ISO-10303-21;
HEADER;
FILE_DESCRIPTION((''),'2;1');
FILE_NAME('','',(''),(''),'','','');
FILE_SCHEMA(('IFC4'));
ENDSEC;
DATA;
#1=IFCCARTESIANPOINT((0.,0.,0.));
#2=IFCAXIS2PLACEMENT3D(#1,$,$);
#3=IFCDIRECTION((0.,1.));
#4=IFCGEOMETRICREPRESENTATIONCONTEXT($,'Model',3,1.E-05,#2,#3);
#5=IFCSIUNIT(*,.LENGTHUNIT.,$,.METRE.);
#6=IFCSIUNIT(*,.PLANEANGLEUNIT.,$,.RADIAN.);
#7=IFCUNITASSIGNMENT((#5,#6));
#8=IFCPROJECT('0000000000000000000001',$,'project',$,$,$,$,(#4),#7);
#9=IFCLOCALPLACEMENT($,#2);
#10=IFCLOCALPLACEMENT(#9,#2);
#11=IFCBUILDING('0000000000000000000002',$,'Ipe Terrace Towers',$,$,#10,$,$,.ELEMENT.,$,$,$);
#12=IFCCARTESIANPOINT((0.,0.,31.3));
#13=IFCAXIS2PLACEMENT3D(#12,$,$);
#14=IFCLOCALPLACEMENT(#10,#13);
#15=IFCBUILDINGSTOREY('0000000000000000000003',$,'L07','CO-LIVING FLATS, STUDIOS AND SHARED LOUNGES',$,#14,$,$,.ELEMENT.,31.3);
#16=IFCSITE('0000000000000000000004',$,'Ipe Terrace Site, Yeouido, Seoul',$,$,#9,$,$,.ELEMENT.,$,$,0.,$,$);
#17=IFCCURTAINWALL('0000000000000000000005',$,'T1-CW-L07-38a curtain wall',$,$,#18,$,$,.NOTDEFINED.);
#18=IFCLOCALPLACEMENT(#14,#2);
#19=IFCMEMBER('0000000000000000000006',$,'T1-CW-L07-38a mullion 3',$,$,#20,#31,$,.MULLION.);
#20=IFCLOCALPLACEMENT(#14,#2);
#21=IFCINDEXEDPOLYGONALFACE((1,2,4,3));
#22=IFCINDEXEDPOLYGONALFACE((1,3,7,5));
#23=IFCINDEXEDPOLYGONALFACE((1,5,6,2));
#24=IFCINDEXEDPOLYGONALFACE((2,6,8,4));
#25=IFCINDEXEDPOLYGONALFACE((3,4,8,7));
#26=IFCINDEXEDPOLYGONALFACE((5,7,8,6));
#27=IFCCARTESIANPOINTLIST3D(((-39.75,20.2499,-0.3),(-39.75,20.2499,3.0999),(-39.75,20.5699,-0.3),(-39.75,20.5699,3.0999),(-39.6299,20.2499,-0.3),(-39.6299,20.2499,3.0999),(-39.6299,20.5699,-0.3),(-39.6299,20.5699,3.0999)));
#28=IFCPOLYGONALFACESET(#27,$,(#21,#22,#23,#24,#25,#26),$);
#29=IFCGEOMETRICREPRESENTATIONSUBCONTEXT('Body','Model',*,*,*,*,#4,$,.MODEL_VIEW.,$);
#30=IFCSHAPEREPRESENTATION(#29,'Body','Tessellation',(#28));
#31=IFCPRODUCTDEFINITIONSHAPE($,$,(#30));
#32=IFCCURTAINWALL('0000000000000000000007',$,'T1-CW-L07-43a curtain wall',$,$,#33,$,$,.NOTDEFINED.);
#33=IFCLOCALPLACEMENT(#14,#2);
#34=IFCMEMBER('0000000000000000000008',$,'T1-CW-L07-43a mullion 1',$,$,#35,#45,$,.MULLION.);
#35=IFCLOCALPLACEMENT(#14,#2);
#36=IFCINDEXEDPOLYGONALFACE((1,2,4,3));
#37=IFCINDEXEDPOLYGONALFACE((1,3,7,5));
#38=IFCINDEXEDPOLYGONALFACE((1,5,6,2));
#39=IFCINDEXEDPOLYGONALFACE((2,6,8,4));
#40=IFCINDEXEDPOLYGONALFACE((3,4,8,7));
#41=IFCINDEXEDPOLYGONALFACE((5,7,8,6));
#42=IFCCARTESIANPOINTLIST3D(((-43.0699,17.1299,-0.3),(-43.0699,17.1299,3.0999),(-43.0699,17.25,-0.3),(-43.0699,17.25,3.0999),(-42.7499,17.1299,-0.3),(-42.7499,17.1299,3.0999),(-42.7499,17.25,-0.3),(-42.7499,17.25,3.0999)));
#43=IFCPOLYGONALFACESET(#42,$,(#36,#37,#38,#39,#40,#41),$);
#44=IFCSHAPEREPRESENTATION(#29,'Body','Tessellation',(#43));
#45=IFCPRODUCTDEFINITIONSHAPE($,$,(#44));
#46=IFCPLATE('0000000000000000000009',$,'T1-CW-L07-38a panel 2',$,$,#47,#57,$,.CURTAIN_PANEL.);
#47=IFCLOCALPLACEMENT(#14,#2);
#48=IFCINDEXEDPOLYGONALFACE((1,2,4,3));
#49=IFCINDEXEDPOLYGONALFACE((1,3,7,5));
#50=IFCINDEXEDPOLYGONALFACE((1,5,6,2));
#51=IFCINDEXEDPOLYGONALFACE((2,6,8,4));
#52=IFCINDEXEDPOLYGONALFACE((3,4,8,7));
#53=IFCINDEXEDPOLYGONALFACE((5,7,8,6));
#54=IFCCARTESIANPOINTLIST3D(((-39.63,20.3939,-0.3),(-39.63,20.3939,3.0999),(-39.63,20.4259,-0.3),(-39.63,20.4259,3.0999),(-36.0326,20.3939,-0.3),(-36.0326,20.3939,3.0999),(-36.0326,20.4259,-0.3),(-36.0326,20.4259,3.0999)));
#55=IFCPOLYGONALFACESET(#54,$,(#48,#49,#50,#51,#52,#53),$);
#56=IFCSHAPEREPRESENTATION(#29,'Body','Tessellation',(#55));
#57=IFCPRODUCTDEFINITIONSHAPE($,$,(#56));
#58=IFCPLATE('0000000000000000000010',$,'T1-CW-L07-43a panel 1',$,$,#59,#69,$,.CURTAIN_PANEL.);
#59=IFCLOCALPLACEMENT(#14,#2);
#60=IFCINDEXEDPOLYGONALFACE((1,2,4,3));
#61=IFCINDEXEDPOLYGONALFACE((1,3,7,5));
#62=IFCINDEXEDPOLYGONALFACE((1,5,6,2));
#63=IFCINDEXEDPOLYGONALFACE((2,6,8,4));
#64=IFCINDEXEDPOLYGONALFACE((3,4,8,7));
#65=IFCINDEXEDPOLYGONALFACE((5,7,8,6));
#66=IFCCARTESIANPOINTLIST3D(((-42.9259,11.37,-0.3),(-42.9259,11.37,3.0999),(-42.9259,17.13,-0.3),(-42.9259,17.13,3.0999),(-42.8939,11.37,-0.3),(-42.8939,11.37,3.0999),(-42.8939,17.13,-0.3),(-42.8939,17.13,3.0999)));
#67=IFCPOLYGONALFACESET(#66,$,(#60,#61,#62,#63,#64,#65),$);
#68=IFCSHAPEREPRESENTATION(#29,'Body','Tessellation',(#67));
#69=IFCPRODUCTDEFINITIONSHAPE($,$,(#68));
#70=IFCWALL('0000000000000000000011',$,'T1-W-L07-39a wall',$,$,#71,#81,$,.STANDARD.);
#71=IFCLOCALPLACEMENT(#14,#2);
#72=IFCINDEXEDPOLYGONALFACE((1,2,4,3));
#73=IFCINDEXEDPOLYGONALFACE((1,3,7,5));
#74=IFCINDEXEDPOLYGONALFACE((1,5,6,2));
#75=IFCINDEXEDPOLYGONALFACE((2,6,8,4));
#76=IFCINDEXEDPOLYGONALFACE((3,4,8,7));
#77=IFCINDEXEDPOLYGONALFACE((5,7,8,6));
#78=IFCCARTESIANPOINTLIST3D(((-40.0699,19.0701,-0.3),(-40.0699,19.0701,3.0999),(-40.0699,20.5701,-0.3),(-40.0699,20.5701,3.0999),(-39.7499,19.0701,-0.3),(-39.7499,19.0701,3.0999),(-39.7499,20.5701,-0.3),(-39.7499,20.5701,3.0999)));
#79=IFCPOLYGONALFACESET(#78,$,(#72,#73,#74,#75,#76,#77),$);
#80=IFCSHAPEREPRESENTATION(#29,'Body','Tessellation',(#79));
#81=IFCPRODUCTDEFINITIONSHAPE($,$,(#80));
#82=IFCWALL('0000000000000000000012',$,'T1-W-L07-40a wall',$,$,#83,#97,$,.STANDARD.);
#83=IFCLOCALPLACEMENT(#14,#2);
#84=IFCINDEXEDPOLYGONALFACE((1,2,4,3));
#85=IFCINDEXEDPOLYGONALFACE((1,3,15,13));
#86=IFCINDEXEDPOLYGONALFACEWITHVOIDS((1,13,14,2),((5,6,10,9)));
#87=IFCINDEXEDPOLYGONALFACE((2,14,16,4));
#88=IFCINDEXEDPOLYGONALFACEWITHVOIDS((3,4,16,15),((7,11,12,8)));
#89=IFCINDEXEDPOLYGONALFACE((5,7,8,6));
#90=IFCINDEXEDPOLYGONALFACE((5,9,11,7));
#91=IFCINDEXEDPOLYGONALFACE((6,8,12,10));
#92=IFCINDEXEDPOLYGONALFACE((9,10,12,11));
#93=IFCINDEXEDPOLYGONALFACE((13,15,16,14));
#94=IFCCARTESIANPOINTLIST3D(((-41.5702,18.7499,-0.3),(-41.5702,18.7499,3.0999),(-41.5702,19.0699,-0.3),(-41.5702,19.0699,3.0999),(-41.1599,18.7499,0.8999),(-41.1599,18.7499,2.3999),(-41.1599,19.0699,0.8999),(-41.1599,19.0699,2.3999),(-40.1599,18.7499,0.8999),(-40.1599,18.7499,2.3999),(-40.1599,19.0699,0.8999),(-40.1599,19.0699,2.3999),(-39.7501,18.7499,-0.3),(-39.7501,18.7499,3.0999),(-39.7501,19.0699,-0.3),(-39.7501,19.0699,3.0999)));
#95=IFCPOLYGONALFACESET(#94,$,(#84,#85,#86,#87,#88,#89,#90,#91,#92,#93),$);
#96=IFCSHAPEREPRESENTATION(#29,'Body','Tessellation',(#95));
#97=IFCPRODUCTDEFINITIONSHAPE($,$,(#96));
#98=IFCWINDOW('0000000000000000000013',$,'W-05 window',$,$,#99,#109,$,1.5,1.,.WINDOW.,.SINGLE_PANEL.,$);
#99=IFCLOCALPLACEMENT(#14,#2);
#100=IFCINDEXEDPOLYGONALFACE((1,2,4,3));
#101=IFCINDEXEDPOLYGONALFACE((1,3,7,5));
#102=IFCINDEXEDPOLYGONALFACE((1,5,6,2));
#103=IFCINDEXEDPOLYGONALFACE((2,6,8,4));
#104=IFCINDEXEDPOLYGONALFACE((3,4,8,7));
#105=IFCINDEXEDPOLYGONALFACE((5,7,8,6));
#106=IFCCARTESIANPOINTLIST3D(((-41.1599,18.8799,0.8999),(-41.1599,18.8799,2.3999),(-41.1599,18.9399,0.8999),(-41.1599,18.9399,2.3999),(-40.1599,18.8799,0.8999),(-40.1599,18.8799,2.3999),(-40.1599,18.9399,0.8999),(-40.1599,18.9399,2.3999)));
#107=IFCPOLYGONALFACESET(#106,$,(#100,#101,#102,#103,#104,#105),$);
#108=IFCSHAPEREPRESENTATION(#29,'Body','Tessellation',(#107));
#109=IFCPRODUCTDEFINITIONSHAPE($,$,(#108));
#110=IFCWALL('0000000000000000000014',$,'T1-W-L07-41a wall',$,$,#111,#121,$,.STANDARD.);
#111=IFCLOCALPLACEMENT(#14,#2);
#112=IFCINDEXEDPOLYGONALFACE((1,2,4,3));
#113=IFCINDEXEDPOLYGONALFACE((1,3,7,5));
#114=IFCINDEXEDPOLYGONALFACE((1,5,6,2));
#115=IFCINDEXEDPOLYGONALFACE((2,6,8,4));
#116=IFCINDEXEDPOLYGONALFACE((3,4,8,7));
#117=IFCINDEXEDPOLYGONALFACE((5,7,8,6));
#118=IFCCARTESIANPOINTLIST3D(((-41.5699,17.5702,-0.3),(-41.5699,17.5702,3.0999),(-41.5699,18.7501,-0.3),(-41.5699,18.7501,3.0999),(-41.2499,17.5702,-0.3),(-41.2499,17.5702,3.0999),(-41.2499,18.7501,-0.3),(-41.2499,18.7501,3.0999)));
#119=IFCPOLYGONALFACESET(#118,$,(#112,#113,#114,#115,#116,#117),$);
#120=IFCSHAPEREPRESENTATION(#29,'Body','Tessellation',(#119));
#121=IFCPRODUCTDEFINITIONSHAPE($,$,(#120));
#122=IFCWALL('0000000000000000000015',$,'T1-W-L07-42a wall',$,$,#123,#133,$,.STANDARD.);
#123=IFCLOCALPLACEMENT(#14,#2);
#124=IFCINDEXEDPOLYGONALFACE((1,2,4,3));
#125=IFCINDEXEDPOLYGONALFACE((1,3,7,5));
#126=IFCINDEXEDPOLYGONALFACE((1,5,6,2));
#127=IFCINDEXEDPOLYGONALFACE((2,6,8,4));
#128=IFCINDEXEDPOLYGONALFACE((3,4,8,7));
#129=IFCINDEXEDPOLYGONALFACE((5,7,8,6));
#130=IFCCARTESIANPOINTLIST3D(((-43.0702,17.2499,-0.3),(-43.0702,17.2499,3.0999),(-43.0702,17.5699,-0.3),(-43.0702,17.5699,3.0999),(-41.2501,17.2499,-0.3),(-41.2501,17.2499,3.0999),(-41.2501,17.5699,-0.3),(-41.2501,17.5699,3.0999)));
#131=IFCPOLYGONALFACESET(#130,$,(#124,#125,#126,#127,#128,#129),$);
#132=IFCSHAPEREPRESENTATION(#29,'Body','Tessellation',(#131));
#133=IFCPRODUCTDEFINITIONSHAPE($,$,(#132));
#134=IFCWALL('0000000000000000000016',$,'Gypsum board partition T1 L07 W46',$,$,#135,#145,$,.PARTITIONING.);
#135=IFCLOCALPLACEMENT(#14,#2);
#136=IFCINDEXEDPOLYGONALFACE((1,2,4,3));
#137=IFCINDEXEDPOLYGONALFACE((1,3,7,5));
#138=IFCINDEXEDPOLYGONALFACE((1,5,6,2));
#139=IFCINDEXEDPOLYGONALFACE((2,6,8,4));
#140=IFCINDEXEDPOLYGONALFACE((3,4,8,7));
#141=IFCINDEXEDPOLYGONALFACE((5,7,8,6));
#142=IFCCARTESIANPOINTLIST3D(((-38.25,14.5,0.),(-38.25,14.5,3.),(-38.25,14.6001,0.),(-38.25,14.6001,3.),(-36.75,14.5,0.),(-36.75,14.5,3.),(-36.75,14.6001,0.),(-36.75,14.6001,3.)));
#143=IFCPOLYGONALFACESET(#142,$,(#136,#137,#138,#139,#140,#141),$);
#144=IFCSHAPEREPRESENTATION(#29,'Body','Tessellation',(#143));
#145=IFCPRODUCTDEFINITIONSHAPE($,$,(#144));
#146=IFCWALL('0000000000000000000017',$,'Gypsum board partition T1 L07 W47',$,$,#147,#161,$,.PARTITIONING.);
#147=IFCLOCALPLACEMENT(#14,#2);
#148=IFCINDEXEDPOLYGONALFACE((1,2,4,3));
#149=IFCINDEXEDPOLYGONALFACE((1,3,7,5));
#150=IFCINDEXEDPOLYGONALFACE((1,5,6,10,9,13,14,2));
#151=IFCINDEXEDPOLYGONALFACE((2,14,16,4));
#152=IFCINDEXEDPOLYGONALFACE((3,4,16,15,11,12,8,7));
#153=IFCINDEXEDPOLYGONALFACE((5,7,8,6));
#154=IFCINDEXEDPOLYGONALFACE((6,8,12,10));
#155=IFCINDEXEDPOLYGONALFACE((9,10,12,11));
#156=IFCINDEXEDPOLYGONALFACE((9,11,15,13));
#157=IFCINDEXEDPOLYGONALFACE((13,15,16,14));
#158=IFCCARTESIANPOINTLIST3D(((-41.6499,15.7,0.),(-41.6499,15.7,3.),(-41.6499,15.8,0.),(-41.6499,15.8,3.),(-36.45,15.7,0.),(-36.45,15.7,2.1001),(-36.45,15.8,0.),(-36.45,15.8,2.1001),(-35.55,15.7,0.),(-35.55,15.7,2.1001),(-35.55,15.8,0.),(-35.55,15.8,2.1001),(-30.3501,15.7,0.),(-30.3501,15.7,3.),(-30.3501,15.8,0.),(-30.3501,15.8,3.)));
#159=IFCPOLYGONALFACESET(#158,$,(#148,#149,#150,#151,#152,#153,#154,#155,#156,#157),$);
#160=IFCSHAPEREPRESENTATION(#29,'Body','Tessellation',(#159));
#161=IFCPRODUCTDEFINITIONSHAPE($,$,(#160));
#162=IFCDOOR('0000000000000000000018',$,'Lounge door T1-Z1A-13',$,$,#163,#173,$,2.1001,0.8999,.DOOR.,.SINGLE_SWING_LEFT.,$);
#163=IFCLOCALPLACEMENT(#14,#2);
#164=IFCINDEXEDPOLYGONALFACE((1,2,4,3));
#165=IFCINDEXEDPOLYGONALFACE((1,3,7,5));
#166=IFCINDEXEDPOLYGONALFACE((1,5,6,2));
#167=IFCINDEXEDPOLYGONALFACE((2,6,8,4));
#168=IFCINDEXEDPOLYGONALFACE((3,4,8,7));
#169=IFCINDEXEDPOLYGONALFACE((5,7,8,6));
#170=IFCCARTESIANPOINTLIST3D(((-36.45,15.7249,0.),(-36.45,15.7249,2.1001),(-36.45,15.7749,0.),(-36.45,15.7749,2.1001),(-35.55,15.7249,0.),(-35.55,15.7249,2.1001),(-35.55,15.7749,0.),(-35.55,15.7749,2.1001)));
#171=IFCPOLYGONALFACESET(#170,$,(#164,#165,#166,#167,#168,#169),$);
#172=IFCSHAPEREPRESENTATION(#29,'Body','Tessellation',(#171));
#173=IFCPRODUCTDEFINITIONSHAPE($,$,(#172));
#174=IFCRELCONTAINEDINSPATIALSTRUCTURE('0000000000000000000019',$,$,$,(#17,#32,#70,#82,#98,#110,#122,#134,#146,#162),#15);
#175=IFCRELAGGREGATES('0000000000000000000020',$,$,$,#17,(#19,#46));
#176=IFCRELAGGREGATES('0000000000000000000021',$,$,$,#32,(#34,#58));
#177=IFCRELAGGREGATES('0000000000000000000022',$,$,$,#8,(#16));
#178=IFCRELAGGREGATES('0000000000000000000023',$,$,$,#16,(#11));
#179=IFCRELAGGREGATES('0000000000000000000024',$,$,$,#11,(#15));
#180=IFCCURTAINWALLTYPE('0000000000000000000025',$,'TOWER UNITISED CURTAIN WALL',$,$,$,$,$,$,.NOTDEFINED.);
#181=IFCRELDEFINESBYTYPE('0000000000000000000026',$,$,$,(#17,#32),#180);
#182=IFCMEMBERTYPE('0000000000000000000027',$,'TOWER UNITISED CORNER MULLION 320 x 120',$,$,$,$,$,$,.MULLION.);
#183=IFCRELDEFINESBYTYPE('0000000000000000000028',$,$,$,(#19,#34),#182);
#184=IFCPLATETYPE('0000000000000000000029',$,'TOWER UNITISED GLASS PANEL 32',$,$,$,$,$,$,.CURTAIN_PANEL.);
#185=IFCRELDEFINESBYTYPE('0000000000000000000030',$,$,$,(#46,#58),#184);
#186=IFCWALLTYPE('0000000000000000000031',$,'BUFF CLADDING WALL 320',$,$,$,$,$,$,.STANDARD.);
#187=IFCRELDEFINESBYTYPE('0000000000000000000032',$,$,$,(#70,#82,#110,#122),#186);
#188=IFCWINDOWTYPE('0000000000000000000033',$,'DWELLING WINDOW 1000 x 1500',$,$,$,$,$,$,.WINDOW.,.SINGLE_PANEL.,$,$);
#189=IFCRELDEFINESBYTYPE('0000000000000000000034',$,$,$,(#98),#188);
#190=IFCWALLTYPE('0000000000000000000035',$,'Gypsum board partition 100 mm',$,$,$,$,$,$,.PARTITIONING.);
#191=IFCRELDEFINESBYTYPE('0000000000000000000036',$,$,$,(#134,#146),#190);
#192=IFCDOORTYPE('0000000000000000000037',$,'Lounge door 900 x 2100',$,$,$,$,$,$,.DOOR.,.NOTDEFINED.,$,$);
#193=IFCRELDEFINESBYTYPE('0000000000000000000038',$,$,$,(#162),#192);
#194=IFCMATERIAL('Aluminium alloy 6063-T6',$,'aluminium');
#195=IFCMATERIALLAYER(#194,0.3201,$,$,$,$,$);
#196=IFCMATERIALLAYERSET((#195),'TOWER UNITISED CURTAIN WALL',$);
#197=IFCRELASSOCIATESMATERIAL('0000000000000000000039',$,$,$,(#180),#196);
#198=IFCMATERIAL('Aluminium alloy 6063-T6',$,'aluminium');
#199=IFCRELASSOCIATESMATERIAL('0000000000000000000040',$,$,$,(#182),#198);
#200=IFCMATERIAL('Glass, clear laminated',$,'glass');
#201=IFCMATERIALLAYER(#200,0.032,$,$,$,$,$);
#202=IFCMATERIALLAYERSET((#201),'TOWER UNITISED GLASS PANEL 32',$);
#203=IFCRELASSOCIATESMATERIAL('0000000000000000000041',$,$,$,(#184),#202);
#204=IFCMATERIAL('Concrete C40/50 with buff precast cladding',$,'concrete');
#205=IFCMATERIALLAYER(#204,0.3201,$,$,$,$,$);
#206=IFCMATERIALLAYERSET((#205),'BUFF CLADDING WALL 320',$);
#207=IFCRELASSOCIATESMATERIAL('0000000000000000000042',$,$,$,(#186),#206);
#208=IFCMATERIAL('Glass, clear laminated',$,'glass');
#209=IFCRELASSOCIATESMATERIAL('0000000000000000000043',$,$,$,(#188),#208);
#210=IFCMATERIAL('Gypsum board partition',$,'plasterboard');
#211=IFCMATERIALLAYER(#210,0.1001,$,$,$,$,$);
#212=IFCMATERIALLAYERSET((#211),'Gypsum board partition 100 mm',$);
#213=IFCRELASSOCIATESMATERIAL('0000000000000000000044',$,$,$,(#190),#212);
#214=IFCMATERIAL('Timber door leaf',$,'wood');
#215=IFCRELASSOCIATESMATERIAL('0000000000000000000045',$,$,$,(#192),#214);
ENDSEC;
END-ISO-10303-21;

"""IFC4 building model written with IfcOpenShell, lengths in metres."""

from ifc_helpers import new_model, si_unit, direction, frame, frame_2d, origin, origin_2d, place, context, subcontext, project, spatial, rectangle, extrude, material, layer, layer_set, material_profile, profile_set, type_object, element, fill, aggregate, save


model = new_model("IFC4")

# Units and contexts
model_context = context("Model", 3, precision=1e-05, world=origin(), true_north=direction((0.0, 1.0)))
body_context = subcontext(model_context, "Body", "Model", "MODEL_VIEW")
ifc_project = project(units=[si_unit("LENGTHUNIT", "METRE"), si_unit("PLANEANGLEUNIT", "RADIAN")], contexts=[model_context])

# Site, building, storey
site_placement = place(None, origin())
site = spatial("IfcSite", under=ifc_project, at=site_placement, Name="Ipe Terrace Site, Yeouido, Seoul", CompositionType="ELEMENT", RefElevation=0.0)
building_placement = place(site_placement, origin())
building = spatial("IfcBuilding", under=site, at=building_placement, Name="Ipe Terrace Towers", CompositionType="ELEMENT")
storey_placement = place(building_placement, frame((0.0, 0.0, 31.3)))
storey = spatial("IfcBuildingStorey", under=building, at=storey_placement, Name="L07", Description="CO-LIVING FLATS, STUDIOS AND SHARED LOUNGES", CompositionType="ELEMENT", Elevation=31.3)

# Curtain walls, members
ifc_material_1 = material(Name="Aluminium alloy 6063-T6", Category="aluminium")
ifc_layer_1 = layer(ifc_material_1, 0.3201)
ifc_layer_set_1 = layer_set([ifc_layer_1], Name="TOWER UNITISED CURTAIN WALL")
curtain_wall_type = type_object("IfcCurtainWallType", Name="TOWER UNITISED CURTAIN WALL", PredefinedType="NOTDEFINED", material=ifc_layer_set_1)
curtain_wall_1_placement = place(storey_placement, origin())
curtain_wall_1 = element("IfcCurtainWall", 1, at=curtain_wall_1_placement, inside=storey, type_object=curtain_wall_type, Name="T1-CW-L07-38a curtain wall", PredefinedType="NOTDEFINED")
ifc_material_2 = material(Name="Aluminium alloy 6063-T6", Category="aluminium")
ifc_material_profile_1 = material_profile(ifc_material_2, rectangle(XDim=0.3201, YDim=0.1201, at=origin_2d()), Name="TOWER UNITISED CORNER MULLION 320 x 120")
ifc_profile_set_1 = profile_set([ifc_material_profile_1], Name="Aluminium alloy 6063-T6")
member_type = type_object("IfcMemberType", Name="TOWER UNITISED CORNER MULLION 320 x 120", PredefinedType="MULLION", material=ifc_profile_set_1)
member_1_placement = place(storey_placement, frame((-39.6899, 20.4099, -0.3), z_axis=(0.0, 0.0, 1.0), x_axis=(0.0, 1.0, 0.0)))
member_1 = element("IfcMember", 2, at=member_1_placement, type_object=member_type, Name="T1-CW-L07-38a mullion 3", PredefinedType="MULLION", context=body_context, shape_type="SweptSolid", body=[
    extrude(rectangle(XDim=0.3201, YDim=0.1201, at=origin_2d()), origin(), (0.0, 0.0, 1.0), 3.3999),
])
curtain_wall_2_placement = place(storey_placement, origin())
curtain_wall_2 = element("IfcCurtainWall", 3, at=curtain_wall_2_placement, inside=storey, type_object=curtain_wall_type, Name="T1-CW-L07-43a curtain wall", PredefinedType="NOTDEFINED")
member_2_placement = place(storey_placement, frame((-42.9099, 17.1899, -0.3), z_axis=(0.0, 0.0, 1.0), x_axis=(-1.0, 0.0, 0.0)))
member_2 = element("IfcMember", 4, at=member_2_placement, type_object=member_type, Name="T1-CW-L07-43a mullion 1", PredefinedType="MULLION", context=body_context, shape_type="SweptSolid", body=[
    extrude(rectangle(XDim=0.3201, YDim=0.1201, at=origin_2d()), origin(), (0.0, 0.0, 1.0), 3.3999),
])

# Plates
ifc_material_3 = material(Name="Glass, clear laminated", Category="glass")
ifc_layer_2 = layer(ifc_material_3, 0.032)
ifc_layer_set_2 = layer_set([ifc_layer_2], Name="TOWER UNITISED GLASS PANEL 32")
plate_type = type_object("IfcPlateType", Name="TOWER UNITISED GLASS PANEL 32", PredefinedType="CURTAIN_PANEL", material=ifc_layer_set_2)
plate_1_placement = place(storey_placement, frame((-37.8313, 20.4099, -0.3), z_axis=(0.0, 0.0, 1.0), x_axis=(-1.0, 0.0, 0.0)))
plate_1 = element("IfcPlate", 5, at=plate_1_placement, type_object=plate_type, Name="T1-CW-L07-38a panel 2", PredefinedType="CURTAIN_PANEL", context=body_context, shape_type="SweptSolid", body=[
    extrude(rectangle(XDim=3.5974, YDim=0.032, at=origin_2d()), origin(), (0.0, 0.0, 1.0), 3.3999),
])
aggregate(curtain_wall_1, [member_1, plate_1])
plate_2_placement = place(storey_placement, frame((-42.9099, 14.25, -0.3), z_axis=(0.0, 0.0, 1.0), x_axis=(0.0, -1.0, 0.0)))
plate_2 = element("IfcPlate", 6, at=plate_2_placement, type_object=plate_type, Name="T1-CW-L07-43a panel 1", PredefinedType="CURTAIN_PANEL", context=body_context, shape_type="SweptSolid", body=[
    extrude(rectangle(XDim=5.76, YDim=0.032, at=origin_2d()), origin(), (0.0, 0.0, 1.0), 3.3999),
])
aggregate(curtain_wall_2, [member_2, plate_2])

# Wall
ifc_material_4 = material(Name="Concrete C40/50 with buff precast cladding", Category="concrete")
ifc_layer_3 = layer(ifc_material_4, 0.3201)
ifc_layer_set_3 = layer_set([ifc_layer_3], Name="BUFF CLADDING WALL 320")
wall_type_1 = type_object("IfcWallType", Name="BUFF CLADDING WALL 320", PredefinedType="STANDARD", material=ifc_layer_set_3)
wall_1_placement = place(storey_placement, frame((-39.9099, 20.5701, -0.3), z_axis=(0.0, 0.0, 1.0), x_axis=(0.0, -1.0, 0.0)))
element("IfcWall", 7, at=wall_1_placement, inside=storey, type_object=wall_type_1, Name="T1-W-L07-39a wall", PredefinedType="STANDARD", context=body_context, shape_type="SweptSolid", body=[
    extrude(rectangle(XDim=1.5, YDim=0.3201, at=frame_2d((0.75, 0.0))), origin(), (0.0, 0.0, 1.0), 3.3999),
])

# Wall, opening, window
wall_2_placement = place(storey_placement, frame((-39.75, 18.9099, -0.3), z_axis=(0.0, 0.0, 1.0), x_axis=(-1.0, 0.0, 0.0)))
wall_2 = element("IfcWall", 8, at=wall_2_placement, inside=storey, type_object=wall_type_1, Name="T1-W-L07-40a wall", PredefinedType="STANDARD", context=body_context, shape_type="SweptSolid", body=[
    extrude(rectangle(XDim=1.8201, YDim=0.3201, at=frame_2d((0.9102, 0.0))), origin(), (0.0, 0.0, 1.0), 3.3999),
])
opening_1_placement = place(wall_2_placement, frame((0.4099, 0.0, 1.2)))
opening_1 = element("IfcOpeningElement", 9, at=opening_1_placement, cuts=wall_2, PredefinedType="OPENING", context=body_context, shape_type="SweptSolid", body=[
    extrude(rectangle(XDim=1.0, YDim=1.5, at=frame_2d((0.5, 0.75))), frame((0.0, 0.1699, 0.0), z_axis=(0.0, -1.0, 0.0), x_axis=(1.0, 0.0, 0.0)), (0.0, 0.0, 1.0), 0.3401),
])
ifc_material_5 = material(Name="Glass, clear laminated", Category="glass")
window_type = type_object("IfcWindowType", Name="DWELLING WINDOW 1000 x 1500", PartitioningType="SINGLE_PANEL", PredefinedType="WINDOW", material=ifc_material_5)
window_placement = place(opening_1_placement, origin())
window = element("IfcWindow", 10, at=window_placement, inside=storey, type_object=window_type, Name="W-05 window", OverallHeight=1.5, OverallWidth=1.0, PartitioningType="SINGLE_PANEL", PredefinedType="WINDOW", context=body_context, shape_type="SweptSolid", body=[
    extrude(rectangle(XDim=1.0, YDim=1.5, at=frame_2d((0.5, 0.75))), frame((0.0, 0.03, 0.0), z_axis=(0.0, -1.0, 0.0), x_axis=(1.0, 0.0, 0.0)), (0.0, 0.0, 1.0), 0.0601),
])
fill(opening_1, window)

# Walls
wall_3_placement = place(storey_placement, frame((-41.4099, 18.75, -0.3), z_axis=(0.0, 0.0, 1.0), x_axis=(0.0, -1.0, 0.0)))
element("IfcWall", 11, at=wall_3_placement, inside=storey, type_object=wall_type_1, Name="T1-W-L07-41a wall", PredefinedType="STANDARD", context=body_context, shape_type="SweptSolid", body=[
    extrude(rectangle(XDim=1.1799, YDim=0.3201, at=frame_2d((0.5898, 0.0))), origin(), (0.0, 0.0, 1.0), 3.3999),
])
wall_4_placement = place(storey_placement, frame((-41.25, 17.4099, -0.3), z_axis=(0.0, 0.0, 1.0), x_axis=(-1.0, 0.0, 0.0)))
element("IfcWall", 12, at=wall_4_placement, inside=storey, type_object=wall_type_1, Name="T1-W-L07-42a wall", PredefinedType="STANDARD", context=body_context, shape_type="SweptSolid", body=[
    extrude(rectangle(XDim=1.8201, YDim=0.3201, at=frame_2d((0.9102, 0.0))), origin(), (0.0, 0.0, 1.0), 3.3999),
])
ifc_material_6 = material(Name="Gypsum board partition", Category="plasterboard")
ifc_layer_4 = layer(ifc_material_6, 0.1001)
ifc_layer_set_4 = layer_set([ifc_layer_4], Name="Gypsum board partition 100 mm")
wall_type_2 = type_object("IfcWallType", Name="Gypsum board partition 100 mm", PredefinedType="PARTITIONING", material=ifc_layer_set_4)
wall_5_placement = place(storey_placement, frame((-38.25, 14.55, 0.0), z_axis=(0.0, 0.0, 1.0), x_axis=(1.0, 0.0, 0.0)))
element("IfcWall", 13, at=wall_5_placement, inside=storey, type_object=wall_type_2, Name="Gypsum board partition T1 L07 W46", PredefinedType="PARTITIONING", context=body_context, shape_type="SweptSolid", body=[
    extrude(rectangle(XDim=1.5, YDim=0.1001, at=frame_2d((0.75, 0.0))), origin(), (0.0, 0.0, 1.0), 3.0),
])

# Wall, opening, door
wall_6_placement = place(storey_placement, frame((-41.6499, 15.75, 0.0), z_axis=(0.0, 0.0, 1.0), x_axis=(1.0, 0.0, 0.0)))
wall_6 = element("IfcWall", 14, at=wall_6_placement, inside=storey, type_object=wall_type_2, Name="Gypsum board partition T1 L07 W47", PredefinedType="PARTITIONING", context=body_context, shape_type="SweptSolid", body=[
    extrude(rectangle(XDim=11.2998, YDim=0.1001, at=frame_2d((5.6499, 0.0))), origin(), (0.0, 0.0, 1.0), 3.0),
])
opening_2_placement = place(wall_6_placement, frame((5.2, 0.0, 0.0)))
opening_2 = element("IfcOpeningElement", 15, at=opening_2_placement, cuts=wall_6, PredefinedType="OPENING", context=body_context, shape_type="SweptSolid", body=[
    extrude(rectangle(XDim=0.8999, YDim=2.1001, at=frame_2d((0.45, 1.05))), frame((0.0, 0.0601, 0.0), z_axis=(0.0, -1.0, 0.0), x_axis=(1.0, 0.0, 0.0)), (0.0, 0.0, 1.0), 0.1201),
])
ifc_material_7 = material(Name="Timber door leaf", Category="wood")
door_type = type_object("IfcDoorType", Name="Lounge door 900 x 2100", OperationType="NOTDEFINED", PredefinedType="DOOR", material=ifc_material_7)
door_placement = place(opening_2_placement, origin())
door = element("IfcDoor", 16, at=door_placement, inside=storey, type_object=door_type, Name="Lounge door T1-Z1A-13", OperationType="SINGLE_SWING_LEFT", OverallHeight=2.1001, OverallWidth=0.8999, PredefinedType="DOOR", context=body_context, shape_type="SweptSolid", body=[
    extrude(rectangle(XDim=0.8999, YDim=2.1001, at=frame_2d((0.45, 1.05))), frame((0.0, 0.0249, 0.0), z_axis=(0.0, -1.0, 0.0), x_axis=(1.0, 0.0, 0.0)), (0.0, 0.0, 1.0), 0.05),
])
fill(opening_2, door)

save(model, "model.ifc")
